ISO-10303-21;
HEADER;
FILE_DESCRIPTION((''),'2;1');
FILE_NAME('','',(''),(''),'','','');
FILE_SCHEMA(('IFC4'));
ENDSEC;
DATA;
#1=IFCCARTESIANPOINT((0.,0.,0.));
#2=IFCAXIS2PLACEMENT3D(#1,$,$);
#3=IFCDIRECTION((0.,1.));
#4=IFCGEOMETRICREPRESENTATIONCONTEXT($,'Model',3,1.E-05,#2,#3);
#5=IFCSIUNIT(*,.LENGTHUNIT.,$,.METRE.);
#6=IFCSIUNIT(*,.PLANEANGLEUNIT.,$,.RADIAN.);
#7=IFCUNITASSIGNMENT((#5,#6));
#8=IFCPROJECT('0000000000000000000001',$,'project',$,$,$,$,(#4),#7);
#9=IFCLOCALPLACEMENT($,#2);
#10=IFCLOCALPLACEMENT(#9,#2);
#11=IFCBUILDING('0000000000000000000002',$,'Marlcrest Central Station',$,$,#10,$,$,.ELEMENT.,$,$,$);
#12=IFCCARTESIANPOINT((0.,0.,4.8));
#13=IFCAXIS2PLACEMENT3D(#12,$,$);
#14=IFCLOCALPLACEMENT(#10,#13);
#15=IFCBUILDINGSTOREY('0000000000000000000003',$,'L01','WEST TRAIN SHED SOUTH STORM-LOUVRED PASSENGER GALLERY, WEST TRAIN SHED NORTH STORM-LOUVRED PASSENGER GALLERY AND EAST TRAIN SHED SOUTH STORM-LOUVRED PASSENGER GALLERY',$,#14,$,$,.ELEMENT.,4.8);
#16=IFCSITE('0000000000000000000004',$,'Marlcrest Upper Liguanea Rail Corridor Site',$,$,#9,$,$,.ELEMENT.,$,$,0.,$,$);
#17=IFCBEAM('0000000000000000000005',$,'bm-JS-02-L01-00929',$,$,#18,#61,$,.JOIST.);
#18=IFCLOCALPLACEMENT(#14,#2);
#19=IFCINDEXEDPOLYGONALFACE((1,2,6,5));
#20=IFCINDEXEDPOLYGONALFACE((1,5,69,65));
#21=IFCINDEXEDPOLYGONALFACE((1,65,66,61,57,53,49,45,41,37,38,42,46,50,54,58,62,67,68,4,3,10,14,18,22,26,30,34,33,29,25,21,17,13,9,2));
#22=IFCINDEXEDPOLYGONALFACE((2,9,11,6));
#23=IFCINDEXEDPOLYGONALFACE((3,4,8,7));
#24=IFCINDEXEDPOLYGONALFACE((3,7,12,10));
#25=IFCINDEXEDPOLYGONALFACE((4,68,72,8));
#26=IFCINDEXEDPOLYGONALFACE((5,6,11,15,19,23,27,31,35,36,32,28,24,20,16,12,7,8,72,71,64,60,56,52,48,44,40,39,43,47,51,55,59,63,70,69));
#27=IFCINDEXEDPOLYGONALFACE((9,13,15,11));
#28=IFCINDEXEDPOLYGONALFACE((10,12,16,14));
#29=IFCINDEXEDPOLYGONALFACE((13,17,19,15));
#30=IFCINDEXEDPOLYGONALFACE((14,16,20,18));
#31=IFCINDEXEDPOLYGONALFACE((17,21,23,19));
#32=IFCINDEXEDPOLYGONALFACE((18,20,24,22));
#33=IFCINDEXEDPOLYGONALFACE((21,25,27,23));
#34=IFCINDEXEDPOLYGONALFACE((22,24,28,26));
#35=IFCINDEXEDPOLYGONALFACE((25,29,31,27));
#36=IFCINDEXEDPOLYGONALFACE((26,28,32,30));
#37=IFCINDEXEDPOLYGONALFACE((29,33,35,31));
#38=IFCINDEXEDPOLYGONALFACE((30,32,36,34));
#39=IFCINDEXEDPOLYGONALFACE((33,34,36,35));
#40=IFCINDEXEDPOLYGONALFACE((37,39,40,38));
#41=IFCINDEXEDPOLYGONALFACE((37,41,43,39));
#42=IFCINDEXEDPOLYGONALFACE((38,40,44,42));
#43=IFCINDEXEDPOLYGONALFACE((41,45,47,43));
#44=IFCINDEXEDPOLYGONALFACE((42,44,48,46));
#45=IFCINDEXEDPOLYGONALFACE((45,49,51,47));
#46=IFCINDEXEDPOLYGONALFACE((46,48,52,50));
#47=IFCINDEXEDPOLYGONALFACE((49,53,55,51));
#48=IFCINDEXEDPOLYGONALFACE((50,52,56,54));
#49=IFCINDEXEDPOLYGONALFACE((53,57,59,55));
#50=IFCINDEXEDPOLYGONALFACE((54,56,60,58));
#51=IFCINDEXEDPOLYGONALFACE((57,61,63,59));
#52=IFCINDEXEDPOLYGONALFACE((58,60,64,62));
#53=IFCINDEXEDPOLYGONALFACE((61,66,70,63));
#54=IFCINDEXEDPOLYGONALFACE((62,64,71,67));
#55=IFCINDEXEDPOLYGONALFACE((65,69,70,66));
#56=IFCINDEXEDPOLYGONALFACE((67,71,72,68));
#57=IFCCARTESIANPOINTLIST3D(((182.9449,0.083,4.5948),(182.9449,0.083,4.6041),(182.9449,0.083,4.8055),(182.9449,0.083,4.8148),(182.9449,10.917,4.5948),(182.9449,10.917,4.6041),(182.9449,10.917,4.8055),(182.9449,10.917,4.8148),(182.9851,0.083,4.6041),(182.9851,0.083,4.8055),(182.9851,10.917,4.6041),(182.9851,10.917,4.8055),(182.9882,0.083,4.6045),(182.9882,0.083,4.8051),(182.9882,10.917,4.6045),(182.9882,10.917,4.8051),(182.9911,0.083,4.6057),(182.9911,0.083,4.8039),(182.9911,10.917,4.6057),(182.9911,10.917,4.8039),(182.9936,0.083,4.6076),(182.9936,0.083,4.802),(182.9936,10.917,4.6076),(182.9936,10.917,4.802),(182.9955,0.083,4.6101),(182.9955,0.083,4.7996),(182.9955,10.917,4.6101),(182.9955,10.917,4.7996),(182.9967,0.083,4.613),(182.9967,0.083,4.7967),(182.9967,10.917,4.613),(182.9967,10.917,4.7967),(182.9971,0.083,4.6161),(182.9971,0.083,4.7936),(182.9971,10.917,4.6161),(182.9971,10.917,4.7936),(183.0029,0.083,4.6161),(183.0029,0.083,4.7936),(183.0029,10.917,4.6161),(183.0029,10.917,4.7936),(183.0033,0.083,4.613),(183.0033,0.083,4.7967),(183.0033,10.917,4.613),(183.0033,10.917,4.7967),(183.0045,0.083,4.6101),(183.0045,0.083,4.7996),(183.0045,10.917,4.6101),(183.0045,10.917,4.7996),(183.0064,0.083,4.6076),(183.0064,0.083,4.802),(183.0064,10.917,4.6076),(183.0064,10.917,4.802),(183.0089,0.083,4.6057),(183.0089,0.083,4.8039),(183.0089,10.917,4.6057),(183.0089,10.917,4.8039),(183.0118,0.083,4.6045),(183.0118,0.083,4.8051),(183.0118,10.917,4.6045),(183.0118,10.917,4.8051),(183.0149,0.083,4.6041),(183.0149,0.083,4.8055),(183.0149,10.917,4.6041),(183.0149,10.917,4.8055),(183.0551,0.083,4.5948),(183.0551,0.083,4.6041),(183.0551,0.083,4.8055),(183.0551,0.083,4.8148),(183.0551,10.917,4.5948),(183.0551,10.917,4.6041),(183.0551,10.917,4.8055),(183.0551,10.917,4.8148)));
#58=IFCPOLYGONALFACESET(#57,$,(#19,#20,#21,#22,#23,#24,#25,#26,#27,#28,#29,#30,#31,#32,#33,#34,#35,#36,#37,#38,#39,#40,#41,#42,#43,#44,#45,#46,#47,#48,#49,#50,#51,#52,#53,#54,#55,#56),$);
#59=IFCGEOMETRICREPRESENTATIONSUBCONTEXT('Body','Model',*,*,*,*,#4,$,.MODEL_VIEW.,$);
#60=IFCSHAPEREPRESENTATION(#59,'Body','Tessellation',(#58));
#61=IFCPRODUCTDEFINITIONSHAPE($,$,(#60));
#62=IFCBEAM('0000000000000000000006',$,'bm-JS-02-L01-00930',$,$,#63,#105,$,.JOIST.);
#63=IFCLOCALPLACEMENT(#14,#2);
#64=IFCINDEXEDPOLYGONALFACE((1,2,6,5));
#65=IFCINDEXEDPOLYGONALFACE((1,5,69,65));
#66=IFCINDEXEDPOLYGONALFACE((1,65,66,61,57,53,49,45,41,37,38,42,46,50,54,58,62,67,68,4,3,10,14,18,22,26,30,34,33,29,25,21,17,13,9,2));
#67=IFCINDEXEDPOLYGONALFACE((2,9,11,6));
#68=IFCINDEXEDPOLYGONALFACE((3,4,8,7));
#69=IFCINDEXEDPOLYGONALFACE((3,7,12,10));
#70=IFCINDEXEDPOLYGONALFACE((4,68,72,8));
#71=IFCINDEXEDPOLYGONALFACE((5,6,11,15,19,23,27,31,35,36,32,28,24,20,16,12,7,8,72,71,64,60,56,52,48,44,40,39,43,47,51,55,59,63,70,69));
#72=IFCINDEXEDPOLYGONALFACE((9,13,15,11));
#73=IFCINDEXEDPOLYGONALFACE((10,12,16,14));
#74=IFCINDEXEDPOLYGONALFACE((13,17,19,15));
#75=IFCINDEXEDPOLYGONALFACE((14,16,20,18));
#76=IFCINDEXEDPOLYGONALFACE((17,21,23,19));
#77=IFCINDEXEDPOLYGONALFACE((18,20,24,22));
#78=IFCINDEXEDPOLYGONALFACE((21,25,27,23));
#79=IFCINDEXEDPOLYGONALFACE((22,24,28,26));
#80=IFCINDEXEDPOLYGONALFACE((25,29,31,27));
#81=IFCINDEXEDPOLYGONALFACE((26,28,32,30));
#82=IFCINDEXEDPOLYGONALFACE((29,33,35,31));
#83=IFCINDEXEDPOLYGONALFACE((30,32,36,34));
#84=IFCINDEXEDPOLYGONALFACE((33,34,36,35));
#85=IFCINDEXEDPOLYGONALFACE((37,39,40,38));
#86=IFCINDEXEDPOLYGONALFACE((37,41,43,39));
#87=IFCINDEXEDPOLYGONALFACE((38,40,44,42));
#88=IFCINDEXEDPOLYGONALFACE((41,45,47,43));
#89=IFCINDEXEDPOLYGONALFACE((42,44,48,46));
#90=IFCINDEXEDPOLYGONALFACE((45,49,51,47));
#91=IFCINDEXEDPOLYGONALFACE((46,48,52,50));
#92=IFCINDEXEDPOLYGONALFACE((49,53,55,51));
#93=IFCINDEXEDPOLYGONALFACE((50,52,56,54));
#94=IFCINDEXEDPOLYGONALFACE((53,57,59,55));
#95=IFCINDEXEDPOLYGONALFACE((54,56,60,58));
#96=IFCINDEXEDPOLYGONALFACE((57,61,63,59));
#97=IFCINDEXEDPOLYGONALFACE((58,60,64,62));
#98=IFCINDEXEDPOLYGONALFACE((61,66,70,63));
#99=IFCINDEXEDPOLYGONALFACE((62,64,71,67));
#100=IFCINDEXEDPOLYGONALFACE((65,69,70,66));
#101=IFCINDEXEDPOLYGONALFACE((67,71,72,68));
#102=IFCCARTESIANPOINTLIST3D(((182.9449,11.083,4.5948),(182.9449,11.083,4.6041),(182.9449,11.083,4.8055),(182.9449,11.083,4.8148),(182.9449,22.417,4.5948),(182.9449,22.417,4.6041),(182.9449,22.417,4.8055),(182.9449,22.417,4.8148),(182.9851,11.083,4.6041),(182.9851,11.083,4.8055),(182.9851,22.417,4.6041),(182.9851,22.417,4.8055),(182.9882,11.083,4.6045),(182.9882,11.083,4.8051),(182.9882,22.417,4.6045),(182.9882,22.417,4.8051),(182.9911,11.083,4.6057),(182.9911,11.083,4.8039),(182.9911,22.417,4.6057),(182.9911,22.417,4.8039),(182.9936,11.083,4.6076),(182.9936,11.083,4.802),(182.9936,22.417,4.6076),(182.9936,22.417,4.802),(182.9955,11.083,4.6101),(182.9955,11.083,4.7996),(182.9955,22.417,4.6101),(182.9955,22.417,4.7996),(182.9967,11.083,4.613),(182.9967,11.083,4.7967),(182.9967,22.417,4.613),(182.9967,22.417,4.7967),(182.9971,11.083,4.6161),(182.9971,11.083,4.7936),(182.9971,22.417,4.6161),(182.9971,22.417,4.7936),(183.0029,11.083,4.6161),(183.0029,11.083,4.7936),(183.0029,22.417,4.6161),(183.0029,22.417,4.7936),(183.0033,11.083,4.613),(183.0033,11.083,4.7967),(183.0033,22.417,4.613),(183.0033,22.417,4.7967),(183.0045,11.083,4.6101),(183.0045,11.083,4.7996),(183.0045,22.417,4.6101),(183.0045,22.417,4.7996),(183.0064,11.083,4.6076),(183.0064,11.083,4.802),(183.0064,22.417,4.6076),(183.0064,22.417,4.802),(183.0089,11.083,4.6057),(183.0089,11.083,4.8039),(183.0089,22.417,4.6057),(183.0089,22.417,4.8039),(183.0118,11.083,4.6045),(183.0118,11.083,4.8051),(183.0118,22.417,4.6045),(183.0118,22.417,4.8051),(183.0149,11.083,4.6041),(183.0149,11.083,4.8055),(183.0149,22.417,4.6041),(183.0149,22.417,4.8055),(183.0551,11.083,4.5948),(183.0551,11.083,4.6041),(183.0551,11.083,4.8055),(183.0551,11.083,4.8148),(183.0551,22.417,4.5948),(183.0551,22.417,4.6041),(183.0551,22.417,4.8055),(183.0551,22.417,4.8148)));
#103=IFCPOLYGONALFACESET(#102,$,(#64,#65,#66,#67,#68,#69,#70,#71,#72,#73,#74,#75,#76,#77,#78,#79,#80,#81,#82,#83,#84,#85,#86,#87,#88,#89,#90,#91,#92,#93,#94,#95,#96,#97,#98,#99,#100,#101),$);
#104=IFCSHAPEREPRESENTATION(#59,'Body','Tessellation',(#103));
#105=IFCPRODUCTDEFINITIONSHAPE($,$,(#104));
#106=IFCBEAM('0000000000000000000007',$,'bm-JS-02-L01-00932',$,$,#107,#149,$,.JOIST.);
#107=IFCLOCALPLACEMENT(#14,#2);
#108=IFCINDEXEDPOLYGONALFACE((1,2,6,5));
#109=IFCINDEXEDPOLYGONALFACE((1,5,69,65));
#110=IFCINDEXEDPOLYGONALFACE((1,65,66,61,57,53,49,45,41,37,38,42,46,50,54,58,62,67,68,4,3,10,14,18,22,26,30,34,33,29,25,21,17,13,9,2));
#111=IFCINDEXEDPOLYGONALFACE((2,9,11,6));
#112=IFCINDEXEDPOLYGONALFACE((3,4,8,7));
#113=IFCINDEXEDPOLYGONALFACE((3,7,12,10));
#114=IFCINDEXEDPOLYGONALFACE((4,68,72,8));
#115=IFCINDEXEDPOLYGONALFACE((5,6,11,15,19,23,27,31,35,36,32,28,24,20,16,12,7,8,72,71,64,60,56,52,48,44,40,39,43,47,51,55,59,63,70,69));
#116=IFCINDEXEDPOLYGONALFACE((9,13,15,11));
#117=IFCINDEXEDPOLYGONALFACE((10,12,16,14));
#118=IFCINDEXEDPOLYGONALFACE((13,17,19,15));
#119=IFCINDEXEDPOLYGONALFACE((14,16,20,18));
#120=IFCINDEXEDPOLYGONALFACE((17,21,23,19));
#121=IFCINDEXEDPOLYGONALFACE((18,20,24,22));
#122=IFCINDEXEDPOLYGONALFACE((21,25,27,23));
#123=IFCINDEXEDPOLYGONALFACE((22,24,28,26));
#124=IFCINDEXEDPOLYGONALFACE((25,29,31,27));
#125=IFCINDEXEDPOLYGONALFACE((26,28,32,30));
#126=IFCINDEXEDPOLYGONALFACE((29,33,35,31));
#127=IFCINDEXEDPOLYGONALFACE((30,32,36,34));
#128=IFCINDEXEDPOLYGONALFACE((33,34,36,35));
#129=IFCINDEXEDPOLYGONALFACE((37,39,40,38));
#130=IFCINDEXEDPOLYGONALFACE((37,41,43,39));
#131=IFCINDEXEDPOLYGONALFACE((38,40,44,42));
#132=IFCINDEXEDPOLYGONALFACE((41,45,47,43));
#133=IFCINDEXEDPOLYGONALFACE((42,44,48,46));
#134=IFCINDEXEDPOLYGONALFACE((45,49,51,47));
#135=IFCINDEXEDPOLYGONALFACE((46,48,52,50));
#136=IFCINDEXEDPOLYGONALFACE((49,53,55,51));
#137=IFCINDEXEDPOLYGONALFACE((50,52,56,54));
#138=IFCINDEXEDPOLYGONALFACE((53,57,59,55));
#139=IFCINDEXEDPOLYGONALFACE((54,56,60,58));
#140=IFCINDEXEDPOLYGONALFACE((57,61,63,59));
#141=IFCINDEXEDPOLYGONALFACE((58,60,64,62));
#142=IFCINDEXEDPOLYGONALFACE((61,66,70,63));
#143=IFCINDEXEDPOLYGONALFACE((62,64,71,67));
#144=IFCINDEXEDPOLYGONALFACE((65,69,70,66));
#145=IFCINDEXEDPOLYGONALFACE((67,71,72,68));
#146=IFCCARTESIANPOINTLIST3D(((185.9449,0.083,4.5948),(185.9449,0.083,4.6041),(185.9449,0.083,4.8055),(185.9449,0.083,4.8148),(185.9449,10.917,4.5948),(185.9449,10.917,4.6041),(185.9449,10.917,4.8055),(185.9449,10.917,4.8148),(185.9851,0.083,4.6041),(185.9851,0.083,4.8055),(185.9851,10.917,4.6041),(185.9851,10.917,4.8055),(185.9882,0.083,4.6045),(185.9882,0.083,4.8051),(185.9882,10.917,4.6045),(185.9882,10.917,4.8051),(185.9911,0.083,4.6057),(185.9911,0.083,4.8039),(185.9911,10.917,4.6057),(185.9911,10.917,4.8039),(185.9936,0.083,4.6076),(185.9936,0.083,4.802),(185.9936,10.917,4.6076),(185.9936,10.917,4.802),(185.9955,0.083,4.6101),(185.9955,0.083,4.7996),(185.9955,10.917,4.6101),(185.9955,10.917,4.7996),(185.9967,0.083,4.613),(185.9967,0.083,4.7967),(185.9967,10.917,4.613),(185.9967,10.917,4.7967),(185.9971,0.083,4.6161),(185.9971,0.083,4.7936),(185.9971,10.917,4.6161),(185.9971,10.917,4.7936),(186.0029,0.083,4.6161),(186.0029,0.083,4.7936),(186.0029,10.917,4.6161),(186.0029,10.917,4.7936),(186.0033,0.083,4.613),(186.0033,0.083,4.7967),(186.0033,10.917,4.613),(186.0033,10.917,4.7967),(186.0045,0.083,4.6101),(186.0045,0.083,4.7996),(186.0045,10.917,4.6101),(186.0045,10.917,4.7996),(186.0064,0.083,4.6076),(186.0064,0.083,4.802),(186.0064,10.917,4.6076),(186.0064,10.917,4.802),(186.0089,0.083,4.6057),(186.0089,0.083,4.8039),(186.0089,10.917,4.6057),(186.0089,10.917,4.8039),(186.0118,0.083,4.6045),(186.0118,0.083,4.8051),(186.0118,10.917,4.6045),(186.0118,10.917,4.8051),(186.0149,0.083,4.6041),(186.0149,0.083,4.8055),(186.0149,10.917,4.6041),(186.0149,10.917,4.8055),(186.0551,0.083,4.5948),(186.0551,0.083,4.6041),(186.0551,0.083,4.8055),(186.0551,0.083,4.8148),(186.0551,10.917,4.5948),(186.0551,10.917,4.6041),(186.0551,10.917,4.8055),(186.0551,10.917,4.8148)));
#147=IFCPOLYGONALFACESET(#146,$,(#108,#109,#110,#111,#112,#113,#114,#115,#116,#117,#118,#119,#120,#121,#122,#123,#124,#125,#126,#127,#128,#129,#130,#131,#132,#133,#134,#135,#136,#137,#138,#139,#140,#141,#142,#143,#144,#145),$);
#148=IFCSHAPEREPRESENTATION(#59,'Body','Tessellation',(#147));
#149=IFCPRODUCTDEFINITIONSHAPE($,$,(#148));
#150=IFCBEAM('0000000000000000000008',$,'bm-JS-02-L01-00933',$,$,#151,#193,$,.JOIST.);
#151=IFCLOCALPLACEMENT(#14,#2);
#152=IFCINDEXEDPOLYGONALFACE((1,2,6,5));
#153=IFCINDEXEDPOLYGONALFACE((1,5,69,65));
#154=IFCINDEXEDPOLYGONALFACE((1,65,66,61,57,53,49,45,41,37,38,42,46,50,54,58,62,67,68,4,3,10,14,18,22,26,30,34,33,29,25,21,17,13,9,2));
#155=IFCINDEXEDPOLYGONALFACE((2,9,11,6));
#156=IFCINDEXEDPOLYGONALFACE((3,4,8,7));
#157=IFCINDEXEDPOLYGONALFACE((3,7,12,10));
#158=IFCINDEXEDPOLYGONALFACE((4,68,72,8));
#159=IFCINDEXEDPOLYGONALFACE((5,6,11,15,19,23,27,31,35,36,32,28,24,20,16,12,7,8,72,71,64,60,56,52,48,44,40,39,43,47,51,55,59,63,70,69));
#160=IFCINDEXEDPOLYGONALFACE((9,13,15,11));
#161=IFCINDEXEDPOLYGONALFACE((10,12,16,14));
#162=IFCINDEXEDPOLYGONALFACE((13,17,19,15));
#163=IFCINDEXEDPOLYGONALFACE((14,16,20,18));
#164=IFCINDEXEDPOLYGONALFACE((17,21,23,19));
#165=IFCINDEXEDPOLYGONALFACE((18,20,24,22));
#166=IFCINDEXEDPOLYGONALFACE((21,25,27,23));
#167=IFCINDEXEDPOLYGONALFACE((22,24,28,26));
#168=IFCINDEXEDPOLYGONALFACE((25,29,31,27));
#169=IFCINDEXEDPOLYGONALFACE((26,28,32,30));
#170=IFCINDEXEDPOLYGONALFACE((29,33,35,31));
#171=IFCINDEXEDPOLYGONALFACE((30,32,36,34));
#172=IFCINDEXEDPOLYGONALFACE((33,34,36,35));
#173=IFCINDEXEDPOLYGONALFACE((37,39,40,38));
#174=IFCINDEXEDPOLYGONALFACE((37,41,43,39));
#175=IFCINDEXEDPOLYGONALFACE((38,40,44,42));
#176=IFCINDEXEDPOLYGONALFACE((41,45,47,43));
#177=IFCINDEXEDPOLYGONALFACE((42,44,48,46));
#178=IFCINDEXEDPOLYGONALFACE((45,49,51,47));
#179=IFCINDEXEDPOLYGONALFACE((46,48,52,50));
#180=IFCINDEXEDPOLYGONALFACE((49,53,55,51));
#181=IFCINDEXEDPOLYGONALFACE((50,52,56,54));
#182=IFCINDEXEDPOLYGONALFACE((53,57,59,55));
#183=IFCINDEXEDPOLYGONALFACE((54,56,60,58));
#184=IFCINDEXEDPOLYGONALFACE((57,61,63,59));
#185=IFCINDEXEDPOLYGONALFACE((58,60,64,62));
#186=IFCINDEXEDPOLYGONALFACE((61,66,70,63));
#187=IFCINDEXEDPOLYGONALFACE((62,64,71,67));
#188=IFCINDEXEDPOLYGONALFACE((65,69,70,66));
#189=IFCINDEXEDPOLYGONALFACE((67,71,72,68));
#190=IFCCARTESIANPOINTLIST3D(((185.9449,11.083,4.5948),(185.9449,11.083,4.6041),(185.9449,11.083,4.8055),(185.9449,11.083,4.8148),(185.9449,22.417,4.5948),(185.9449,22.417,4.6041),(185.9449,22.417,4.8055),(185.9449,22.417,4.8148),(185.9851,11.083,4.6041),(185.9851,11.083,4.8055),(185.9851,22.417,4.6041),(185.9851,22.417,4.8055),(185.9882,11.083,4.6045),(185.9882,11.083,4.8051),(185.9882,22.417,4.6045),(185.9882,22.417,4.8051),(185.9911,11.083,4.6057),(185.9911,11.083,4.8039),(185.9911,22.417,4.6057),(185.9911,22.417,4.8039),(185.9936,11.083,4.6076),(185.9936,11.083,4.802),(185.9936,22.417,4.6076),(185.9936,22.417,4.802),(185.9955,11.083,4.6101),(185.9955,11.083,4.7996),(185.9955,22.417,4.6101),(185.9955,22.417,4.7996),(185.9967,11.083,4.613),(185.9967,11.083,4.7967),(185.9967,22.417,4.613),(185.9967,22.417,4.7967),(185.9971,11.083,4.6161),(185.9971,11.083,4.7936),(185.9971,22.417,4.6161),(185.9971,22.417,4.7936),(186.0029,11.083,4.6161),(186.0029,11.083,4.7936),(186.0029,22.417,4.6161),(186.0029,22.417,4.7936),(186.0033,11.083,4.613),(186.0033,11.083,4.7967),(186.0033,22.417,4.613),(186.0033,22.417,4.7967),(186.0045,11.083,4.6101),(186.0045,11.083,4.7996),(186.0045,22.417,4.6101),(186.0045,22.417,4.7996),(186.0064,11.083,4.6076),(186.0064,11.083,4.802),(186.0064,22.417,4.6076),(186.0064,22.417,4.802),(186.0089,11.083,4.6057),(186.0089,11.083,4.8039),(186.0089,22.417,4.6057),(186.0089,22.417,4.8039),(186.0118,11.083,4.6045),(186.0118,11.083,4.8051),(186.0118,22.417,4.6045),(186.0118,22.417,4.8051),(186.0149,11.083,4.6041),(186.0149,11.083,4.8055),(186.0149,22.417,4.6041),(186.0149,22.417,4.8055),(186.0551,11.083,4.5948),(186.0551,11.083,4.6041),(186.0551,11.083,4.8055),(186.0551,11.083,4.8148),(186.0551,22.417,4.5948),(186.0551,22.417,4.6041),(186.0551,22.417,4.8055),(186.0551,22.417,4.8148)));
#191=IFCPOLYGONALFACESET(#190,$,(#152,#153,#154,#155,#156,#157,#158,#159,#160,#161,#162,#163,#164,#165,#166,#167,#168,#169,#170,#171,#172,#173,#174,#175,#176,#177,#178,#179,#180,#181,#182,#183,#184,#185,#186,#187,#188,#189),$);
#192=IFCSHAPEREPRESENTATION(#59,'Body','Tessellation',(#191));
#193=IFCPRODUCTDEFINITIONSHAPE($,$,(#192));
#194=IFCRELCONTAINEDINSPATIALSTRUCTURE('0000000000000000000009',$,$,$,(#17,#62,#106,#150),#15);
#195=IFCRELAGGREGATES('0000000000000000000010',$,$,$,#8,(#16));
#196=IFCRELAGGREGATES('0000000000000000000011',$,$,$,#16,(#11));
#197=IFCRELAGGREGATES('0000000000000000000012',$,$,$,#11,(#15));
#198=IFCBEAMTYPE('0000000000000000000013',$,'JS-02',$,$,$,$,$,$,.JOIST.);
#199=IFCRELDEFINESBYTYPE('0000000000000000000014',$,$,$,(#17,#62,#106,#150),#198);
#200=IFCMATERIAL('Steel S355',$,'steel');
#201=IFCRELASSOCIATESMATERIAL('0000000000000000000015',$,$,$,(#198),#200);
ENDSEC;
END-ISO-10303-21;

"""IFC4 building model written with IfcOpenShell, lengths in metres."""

from ifc_helpers import new_model, si_unit, direction, frame, origin, origin_2d, place, context, subcontext, project, spatial, i_section, extrude, material, material_profile, profile_set, type_object, element, save


model = new_model("IFC4")

# Units and contexts
model_context = context("Model", 3, precision=1e-05, world=origin(), true_north=direction((0.0, 1.0)))
body_context = subcontext(model_context, "Body", "Model", "MODEL_VIEW")
ifc_project = project(units=[si_unit("LENGTHUNIT", "METRE"), si_unit("PLANEANGLEUNIT", "RADIAN")], contexts=[model_context])

# Site, building, storey
site_placement = place(None, origin())
site = spatial("IfcSite", under=ifc_project, at=site_placement, Name="Marlcrest Upper Liguanea Rail Corridor Site", CompositionType="ELEMENT", RefElevation=0.0)
building_placement = place(site_placement, origin())
building = spatial("IfcBuilding", under=site, at=building_placement, Name="Marlcrest Central Station", CompositionType="ELEMENT")
storey_placement = place(building_placement, frame((0.0, 0.0, 4.8)))
storey = spatial("IfcBuildingStorey", under=building, at=storey_placement, Name="L01", Description="WEST TRAIN SHED SOUTH STORM-LOUVRED PASSENGER GALLERY, WEST TRAIN SHED NORTH STORM-LOUVRED PASSENGER GALLERY AND EAST TRAIN SHED SOUTH STORM-LOUVRED PASSENGER GALLERY", CompositionType="ELEMENT", Elevation=4.8)

# Beams
ifc_material_1 = material(Name="Steel S355", Category="steel")
ifc_material_profile_1 = material_profile(ifc_material_1, i_section(OverallWidth=0.1101, OverallDepth=0.22, WebThickness=0.0059, FlangeThickness=0.0093, FilletRadius=0.012, at=origin_2d()), Name="IPE 220")
ifc_profile_set_1 = profile_set([ifc_material_profile_1], Name="Steel S355")
beam_type_1 = type_object("IfcBeamType", Name="JS-02", PredefinedType="JOIST", material=ifc_profile_set_1)
beam_1_placement = place(storey_placement, frame((183.0, 0.083, 4.7048), z_axis=(0.0, 1.0, 0.0), x_axis=(-1.0, 0.0, 0.0)))
element("IfcBeam", 1, at=beam_1_placement, inside=storey, type_object=beam_type_1, Name="bm-JS-02-L01-00929", PredefinedType="JOIST", context=body_context, shape_type="SweptSolid", body=[
    extrude(i_section(OverallWidth=0.1101, OverallDepth=0.22, WebThickness=0.0059, FlangeThickness=0.0093, FilletRadius=0.012, at=origin_2d()), origin(), (0.0, 0.0, 1.0), 10.834),
])
beam_2_placement = place(storey_placement, frame((183.0, 11.083, 4.7048), z_axis=(0.0, 1.0, 0.0), x_axis=(-1.0, 0.0, 0.0)))
element("IfcBeam", 2, at=beam_2_placement, inside=storey, type_object=beam_type_1, Name="bm-JS-02-L01-00930", PredefinedType="JOIST", context=body_context, shape_type="SweptSolid", body=[
    extrude(i_section(OverallWidth=0.1101, OverallDepth=0.22, WebThickness=0.0059, FlangeThickness=0.0093, FilletRadius=0.012, at=origin_2d()), origin(), (0.0, 0.0, 1.0), 11.334),
])
beam_3_placement = place(storey_placement, frame((186.0, 0.083, 4.7048), z_axis=(0.0, 1.0, 0.0), x_axis=(-1.0, 0.0, 0.0)))
element("IfcBeam", 3, at=beam_3_placement, inside=storey, type_object=beam_type_1, Name="bm-JS-02-L01-00932", PredefinedType="JOIST", context=body_context, shape_type="SweptSolid", body=[
    extrude(i_section(OverallWidth=0.1101, OverallDepth=0.22, WebThickness=0.0059, FlangeThickness=0.0093, FilletRadius=0.012, at=origin_2d()), origin(), (0.0, 0.0, 1.0), 10.834),
])
beam_4_placement = place(storey_placement, frame((186.0, 11.083, 4.7048), z_axis=(0.0, 1.0, 0.0), x_axis=(-1.0, 0.0, 0.0)))
element("IfcBeam", 4, at=beam_4_placement, inside=storey, type_object=beam_type_1, Name="bm-JS-02-L01-00933", PredefinedType="JOIST", context=body_context, shape_type="SweptSolid", body=[
    extrude(i_section(OverallWidth=0.1101, OverallDepth=0.22, WebThickness=0.0059, FlangeThickness=0.0093, FilletRadius=0.012, at=origin_2d()), origin(), (0.0, 0.0, 1.0), 11.334),
])

save(model, "model.ifc")
